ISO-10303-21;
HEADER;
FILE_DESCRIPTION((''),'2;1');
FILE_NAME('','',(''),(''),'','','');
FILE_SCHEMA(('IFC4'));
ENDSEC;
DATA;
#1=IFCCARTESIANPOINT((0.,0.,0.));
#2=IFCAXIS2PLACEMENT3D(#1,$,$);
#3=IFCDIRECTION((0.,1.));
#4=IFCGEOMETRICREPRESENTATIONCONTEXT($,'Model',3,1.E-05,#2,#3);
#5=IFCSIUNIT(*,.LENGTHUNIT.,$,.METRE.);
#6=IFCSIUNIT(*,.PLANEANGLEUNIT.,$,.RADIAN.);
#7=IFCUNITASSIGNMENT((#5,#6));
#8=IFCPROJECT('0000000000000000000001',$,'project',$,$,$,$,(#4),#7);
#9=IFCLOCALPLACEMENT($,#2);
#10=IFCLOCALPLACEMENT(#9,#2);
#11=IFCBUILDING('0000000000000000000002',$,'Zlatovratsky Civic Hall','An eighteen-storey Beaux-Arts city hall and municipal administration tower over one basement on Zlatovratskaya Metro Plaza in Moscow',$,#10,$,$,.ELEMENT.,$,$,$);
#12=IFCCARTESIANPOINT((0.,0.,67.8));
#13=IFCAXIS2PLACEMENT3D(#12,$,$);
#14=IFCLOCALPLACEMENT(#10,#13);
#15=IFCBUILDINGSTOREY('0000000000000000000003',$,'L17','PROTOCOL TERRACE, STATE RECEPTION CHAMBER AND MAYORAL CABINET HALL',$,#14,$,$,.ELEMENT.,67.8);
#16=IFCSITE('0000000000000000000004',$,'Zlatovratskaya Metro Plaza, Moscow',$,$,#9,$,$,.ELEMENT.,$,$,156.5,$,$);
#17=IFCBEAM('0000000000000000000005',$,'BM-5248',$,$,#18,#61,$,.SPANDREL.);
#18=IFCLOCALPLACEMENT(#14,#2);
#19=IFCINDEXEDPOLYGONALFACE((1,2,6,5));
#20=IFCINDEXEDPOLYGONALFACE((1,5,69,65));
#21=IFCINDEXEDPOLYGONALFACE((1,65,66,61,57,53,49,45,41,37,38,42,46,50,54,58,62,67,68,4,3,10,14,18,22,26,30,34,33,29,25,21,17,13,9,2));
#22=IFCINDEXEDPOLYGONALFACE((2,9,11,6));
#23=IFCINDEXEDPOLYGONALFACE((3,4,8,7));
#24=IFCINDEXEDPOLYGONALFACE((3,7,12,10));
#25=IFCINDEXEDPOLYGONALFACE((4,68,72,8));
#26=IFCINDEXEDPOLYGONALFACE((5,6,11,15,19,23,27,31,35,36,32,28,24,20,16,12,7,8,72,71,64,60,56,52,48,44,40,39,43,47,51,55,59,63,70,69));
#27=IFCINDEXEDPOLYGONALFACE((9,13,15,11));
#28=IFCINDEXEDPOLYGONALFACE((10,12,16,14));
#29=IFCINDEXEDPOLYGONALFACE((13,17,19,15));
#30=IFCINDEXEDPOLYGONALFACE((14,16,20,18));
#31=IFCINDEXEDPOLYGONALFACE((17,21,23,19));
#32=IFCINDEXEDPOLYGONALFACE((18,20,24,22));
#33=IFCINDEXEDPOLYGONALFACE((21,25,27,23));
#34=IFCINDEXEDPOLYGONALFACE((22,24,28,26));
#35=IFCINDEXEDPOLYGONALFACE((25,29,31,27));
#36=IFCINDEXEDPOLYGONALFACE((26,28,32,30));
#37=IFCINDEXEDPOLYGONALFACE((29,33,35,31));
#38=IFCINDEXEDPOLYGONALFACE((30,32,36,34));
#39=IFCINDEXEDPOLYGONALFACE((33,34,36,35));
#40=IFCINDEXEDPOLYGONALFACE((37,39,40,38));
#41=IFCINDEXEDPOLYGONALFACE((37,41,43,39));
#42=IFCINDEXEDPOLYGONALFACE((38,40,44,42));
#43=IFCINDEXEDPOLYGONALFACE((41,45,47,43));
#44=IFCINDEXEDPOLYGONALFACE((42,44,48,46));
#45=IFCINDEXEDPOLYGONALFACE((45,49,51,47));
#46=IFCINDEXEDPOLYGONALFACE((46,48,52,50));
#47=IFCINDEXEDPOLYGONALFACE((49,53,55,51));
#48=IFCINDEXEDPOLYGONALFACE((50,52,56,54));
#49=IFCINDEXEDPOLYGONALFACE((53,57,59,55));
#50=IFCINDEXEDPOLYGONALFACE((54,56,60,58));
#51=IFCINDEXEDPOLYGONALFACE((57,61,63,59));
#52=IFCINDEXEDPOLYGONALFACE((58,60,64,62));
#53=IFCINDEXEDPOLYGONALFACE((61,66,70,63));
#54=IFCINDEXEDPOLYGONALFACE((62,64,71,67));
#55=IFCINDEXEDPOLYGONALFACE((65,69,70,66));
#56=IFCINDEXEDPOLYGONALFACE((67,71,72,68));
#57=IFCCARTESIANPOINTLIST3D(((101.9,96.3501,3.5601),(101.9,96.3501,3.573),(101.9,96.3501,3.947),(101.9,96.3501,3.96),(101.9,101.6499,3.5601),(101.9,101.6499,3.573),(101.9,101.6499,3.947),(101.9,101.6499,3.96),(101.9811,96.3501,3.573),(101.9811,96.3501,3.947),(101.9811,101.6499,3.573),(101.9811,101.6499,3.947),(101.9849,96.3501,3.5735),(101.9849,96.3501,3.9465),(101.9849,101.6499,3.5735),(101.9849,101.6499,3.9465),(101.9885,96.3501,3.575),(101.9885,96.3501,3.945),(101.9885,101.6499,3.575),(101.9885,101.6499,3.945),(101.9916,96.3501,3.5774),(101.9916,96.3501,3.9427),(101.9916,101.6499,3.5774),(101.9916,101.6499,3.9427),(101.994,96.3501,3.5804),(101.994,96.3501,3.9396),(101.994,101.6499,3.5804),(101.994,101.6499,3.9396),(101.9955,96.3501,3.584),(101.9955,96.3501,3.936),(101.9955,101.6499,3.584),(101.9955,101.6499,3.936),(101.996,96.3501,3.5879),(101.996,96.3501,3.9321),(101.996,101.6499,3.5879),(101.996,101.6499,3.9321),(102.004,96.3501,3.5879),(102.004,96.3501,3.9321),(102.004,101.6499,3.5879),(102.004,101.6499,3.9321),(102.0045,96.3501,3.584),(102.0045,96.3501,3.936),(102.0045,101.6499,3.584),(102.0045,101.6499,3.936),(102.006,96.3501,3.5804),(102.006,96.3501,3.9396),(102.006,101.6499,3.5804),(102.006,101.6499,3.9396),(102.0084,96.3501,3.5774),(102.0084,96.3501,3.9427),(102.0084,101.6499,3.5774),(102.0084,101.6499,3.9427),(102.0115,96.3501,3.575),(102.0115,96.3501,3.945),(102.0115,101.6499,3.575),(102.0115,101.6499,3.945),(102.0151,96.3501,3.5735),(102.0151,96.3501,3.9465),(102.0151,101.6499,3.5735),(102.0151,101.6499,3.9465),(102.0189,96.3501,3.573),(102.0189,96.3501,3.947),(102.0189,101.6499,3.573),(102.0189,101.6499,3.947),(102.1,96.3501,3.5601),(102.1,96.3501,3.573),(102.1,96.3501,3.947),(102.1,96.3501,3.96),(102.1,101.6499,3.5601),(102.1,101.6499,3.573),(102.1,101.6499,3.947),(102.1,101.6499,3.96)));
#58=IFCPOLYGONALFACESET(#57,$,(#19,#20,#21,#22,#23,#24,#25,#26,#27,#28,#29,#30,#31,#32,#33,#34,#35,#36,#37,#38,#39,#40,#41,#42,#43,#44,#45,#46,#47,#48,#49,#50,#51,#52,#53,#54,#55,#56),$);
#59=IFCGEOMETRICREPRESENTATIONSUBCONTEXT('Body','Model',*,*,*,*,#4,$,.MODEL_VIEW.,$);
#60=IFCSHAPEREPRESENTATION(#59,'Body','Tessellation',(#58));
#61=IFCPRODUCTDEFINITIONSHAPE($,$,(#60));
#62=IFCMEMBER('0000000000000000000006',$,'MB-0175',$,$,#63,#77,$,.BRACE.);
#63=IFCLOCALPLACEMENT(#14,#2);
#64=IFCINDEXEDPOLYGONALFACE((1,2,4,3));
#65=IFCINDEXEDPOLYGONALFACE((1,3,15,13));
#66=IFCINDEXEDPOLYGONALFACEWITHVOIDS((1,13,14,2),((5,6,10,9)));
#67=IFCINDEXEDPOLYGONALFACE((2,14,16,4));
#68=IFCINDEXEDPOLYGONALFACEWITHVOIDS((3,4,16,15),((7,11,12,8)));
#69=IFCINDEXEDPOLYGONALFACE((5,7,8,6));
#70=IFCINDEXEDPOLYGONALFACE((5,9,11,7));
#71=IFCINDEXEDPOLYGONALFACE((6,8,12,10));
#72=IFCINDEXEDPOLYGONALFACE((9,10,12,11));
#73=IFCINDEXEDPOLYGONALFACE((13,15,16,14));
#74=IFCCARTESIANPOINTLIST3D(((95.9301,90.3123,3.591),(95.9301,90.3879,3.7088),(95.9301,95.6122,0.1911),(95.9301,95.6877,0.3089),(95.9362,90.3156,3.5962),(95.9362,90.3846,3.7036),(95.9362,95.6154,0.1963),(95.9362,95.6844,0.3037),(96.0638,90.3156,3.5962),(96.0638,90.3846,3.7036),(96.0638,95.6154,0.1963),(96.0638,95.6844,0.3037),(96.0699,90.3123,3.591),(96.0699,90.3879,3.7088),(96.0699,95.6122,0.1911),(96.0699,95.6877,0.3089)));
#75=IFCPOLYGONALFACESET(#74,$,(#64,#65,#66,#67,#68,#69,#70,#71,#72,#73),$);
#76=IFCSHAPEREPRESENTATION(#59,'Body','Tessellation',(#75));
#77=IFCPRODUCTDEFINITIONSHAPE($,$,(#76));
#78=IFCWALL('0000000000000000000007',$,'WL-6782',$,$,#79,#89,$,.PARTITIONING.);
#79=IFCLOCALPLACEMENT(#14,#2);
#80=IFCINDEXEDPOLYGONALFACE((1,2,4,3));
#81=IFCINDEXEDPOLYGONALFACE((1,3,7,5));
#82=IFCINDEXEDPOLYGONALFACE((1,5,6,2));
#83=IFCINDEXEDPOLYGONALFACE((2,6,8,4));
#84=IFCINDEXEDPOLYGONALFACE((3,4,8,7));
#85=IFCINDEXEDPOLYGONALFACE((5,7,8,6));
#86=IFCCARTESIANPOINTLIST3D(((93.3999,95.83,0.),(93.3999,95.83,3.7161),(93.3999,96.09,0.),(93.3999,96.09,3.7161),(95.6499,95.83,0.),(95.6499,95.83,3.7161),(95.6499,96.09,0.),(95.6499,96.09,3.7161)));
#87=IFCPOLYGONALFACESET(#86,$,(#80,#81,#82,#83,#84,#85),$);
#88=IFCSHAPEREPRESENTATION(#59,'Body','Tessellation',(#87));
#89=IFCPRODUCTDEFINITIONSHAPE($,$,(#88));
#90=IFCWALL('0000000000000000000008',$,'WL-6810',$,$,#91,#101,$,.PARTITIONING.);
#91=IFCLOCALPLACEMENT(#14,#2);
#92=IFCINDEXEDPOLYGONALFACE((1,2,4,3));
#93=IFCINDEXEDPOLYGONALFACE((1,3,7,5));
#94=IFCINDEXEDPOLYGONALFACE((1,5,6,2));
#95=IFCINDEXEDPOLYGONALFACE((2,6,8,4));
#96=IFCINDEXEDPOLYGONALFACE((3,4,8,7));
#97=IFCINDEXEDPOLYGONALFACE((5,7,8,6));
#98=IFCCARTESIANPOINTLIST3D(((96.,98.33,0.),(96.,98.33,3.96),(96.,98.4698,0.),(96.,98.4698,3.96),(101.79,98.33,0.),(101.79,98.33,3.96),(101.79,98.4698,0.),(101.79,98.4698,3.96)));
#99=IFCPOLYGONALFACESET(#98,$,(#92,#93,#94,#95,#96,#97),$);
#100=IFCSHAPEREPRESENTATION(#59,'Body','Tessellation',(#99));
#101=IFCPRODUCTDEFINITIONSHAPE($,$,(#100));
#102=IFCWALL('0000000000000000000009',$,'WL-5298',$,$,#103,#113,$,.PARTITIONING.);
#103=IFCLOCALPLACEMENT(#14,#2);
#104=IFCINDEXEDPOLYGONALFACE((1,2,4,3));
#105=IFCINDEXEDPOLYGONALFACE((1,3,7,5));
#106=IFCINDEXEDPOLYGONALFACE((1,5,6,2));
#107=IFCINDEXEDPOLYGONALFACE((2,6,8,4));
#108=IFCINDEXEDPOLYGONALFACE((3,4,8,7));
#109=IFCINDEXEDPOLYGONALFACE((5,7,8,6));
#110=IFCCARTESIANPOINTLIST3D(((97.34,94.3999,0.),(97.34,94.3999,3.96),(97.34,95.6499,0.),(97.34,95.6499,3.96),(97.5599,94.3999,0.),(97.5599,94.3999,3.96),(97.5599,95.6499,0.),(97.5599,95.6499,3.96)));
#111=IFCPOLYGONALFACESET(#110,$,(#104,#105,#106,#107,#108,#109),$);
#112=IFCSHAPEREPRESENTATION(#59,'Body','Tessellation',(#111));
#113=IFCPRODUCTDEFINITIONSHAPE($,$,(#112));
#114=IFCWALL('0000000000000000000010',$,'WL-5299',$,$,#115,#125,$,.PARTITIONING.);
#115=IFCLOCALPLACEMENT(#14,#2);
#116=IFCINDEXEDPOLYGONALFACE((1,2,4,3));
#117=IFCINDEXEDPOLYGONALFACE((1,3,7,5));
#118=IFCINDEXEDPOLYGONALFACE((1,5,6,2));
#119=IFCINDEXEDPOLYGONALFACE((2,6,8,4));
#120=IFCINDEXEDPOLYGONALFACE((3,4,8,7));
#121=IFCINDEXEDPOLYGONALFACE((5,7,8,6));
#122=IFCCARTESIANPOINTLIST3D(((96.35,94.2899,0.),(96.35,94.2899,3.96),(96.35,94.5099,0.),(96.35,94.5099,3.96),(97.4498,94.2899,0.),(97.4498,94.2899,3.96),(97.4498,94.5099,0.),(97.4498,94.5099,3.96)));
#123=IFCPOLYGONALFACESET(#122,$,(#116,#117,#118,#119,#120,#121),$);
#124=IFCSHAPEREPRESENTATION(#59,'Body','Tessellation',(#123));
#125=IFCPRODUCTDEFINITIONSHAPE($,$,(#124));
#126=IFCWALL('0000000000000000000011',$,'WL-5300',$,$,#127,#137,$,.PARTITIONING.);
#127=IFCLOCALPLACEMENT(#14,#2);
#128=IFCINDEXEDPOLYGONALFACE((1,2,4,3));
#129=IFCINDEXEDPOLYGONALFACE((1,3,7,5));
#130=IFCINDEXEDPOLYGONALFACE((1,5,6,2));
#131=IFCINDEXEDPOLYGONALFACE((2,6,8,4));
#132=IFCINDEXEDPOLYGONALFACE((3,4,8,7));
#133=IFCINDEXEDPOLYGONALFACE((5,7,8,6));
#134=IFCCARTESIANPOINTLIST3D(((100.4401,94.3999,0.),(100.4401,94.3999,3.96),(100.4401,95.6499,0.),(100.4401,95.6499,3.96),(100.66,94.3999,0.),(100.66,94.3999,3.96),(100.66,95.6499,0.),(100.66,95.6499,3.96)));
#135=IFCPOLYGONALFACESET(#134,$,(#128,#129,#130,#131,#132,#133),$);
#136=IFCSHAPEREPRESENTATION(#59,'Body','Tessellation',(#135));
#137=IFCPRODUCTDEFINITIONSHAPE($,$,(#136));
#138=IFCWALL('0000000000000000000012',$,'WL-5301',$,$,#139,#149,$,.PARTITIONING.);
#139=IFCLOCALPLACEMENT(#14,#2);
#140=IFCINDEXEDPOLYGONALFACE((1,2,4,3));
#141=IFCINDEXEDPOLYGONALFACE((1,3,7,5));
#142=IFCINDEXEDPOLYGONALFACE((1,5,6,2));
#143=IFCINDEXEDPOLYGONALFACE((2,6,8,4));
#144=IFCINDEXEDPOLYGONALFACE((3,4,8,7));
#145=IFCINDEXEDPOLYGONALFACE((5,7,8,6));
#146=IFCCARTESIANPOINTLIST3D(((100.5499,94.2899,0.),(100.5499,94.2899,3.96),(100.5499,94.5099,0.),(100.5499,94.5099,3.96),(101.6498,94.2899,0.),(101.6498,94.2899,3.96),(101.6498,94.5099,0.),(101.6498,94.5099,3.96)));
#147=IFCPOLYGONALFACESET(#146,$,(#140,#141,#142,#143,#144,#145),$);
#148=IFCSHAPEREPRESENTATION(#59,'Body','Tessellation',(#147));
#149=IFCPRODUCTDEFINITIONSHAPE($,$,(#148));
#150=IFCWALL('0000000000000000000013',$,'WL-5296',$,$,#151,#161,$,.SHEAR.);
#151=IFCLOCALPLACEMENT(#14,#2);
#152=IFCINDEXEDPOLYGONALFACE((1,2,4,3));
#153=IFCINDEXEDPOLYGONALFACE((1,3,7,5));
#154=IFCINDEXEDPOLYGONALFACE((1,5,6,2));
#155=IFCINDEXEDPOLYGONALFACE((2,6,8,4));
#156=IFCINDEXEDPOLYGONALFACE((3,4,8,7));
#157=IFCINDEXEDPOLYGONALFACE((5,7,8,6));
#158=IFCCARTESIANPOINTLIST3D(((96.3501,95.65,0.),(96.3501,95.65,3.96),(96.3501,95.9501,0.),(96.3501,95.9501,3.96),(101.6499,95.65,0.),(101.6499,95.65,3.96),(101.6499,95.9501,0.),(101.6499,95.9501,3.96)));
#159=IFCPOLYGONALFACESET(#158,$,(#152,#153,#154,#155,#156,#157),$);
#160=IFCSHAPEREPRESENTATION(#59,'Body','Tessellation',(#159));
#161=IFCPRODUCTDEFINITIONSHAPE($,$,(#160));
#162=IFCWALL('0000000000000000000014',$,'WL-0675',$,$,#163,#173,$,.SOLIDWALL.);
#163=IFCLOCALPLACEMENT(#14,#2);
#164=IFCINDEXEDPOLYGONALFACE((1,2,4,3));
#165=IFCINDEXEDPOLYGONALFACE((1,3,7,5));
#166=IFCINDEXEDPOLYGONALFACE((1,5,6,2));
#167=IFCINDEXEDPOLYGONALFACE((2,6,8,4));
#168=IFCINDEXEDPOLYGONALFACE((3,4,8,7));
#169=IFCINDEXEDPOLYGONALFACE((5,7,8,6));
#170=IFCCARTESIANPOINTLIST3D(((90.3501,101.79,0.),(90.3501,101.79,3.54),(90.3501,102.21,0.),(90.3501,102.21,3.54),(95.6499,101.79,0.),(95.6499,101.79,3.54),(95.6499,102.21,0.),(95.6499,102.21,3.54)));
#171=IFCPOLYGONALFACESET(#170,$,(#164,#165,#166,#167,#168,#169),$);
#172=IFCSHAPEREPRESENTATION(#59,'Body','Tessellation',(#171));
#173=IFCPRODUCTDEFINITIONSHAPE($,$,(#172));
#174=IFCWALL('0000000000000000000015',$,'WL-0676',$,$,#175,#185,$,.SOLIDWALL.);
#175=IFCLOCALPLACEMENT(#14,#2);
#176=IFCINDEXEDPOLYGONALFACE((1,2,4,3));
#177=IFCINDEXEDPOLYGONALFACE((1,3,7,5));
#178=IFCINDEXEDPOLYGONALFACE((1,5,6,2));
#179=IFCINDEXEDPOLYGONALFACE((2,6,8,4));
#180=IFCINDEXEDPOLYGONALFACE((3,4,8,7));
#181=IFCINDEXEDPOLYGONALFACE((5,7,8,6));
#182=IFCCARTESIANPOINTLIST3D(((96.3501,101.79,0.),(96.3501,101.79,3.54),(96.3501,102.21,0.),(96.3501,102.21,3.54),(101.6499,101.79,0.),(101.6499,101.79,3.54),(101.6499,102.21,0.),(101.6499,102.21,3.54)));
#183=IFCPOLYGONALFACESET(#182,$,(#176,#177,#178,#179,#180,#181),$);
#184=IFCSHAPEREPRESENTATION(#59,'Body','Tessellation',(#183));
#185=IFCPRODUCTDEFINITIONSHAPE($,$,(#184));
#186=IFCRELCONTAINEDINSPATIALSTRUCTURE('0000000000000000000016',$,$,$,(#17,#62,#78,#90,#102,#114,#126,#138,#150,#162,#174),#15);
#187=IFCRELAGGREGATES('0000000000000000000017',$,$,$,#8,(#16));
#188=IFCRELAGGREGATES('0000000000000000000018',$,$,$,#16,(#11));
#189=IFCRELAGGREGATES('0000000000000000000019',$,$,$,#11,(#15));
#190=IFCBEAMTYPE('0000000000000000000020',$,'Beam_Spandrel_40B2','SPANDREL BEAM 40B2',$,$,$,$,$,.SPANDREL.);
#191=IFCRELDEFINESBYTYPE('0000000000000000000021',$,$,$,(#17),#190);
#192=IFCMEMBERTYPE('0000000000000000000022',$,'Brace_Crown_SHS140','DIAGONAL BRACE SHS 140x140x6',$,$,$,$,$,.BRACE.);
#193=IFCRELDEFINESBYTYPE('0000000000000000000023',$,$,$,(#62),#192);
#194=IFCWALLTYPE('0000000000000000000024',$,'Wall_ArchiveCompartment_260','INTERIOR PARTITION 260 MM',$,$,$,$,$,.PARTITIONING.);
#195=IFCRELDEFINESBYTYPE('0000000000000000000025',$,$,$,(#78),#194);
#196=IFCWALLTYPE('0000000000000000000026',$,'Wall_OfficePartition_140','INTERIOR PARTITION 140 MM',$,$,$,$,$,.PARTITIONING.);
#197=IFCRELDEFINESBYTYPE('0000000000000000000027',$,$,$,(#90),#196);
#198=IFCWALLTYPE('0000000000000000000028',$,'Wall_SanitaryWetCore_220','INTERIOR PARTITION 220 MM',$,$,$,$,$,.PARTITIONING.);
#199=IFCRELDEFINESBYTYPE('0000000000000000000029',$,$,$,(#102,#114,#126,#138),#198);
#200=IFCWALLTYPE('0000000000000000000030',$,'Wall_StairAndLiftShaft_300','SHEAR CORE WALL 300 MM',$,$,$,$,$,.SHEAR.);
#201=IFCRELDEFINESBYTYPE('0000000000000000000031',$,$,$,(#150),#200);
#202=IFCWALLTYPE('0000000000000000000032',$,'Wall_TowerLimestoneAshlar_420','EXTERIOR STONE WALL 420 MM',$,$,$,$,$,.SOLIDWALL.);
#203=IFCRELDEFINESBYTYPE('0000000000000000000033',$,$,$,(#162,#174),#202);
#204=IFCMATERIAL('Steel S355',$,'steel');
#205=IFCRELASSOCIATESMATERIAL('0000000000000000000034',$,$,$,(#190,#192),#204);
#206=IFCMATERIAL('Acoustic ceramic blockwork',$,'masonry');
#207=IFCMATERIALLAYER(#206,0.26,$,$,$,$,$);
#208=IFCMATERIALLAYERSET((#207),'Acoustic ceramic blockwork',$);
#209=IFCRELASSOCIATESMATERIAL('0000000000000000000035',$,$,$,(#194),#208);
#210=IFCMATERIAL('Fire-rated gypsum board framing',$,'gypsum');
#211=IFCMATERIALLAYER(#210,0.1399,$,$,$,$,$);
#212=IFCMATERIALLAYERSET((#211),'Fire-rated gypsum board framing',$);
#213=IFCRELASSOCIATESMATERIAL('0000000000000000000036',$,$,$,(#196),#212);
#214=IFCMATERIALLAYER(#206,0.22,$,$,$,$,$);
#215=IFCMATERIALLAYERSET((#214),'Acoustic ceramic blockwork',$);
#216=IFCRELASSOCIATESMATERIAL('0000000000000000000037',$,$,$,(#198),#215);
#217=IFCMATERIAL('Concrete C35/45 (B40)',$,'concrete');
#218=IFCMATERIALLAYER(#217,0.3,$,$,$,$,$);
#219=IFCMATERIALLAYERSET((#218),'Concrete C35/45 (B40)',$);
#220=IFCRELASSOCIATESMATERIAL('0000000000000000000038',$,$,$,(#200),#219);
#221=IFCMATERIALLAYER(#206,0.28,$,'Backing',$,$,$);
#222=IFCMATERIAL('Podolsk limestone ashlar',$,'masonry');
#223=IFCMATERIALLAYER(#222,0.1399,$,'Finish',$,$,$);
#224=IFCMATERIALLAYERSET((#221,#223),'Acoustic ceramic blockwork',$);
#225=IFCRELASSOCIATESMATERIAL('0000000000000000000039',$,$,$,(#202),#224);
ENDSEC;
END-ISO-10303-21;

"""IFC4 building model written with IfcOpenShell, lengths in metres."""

from ifc_helpers import new_model, si_unit, direction, frame, frame_2d, origin, origin_2d, place, context, subcontext, project, spatial, rectangle, hollow_rectangle, i_section, extrude, material, layer, layer_set, material_profile, profile_set, type_object, element, save


model = new_model("IFC4")

# Units and contexts
model_context = context("Model", 3, precision=1e-05, world=origin(), true_north=direction((0.0, 1.0)))
body_context = subcontext(model_context, "Body", "Model", "MODEL_VIEW")
ifc_project = project(units=[si_unit("LENGTHUNIT", "METRE"), si_unit("PLANEANGLEUNIT", "RADIAN")], contexts=[model_context])

# Site, building, storey
site_placement = place(None, origin())
site = spatial("IfcSite", under=ifc_project, at=site_placement, Name="Zlatovratskaya Metro Plaza, Moscow", CompositionType="ELEMENT", RefElevation=156.5)
building_placement = place(site_placement, origin())
building = spatial("IfcBuilding", under=site, at=building_placement, Name="Zlatovratsky Civic Hall", Description="An eighteen-storey Beaux-Arts city hall and municipal administration tower over one basement on Zlatovratskaya Metro Plaza in Moscow", CompositionType="ELEMENT")
storey_placement = place(building_placement, frame((0.0, 0.0, 67.8)))
storey = spatial("IfcBuildingStorey", under=building, at=storey_placement, Name="L17", Description="PROTOCOL TERRACE, STATE RECEPTION CHAMBER AND MAYORAL CABINET HALL", CompositionType="ELEMENT", Elevation=67.8)

# Shared definitions
ifc_material_1 = material(Name="Concrete C35/45 (B40)", Category="concrete")
ifc_material_2 = material(Name="Steel S355", Category="steel")

# Beam
ifc_material_profile_1 = material_profile(ifc_material_2, i_section(OverallWidth=0.2, OverallDepth=0.3999, WebThickness=0.0081, FlangeThickness=0.0129, FilletRadius=0.0149, at=origin_2d()), Name="40B2")
ifc_profile_set_1 = profile_set([ifc_material_profile_1], Name="Steel S355")
beam_type_1 = type_object("IfcBeamType", Name="Beam_Spandrel_40B2", Description="SPANDREL BEAM 40B2", PredefinedType="SPANDREL", material=ifc_profile_set_1)
for number, where, z_axis, x_axis, name in (
    (1, (102.0, 96.3501, 3.76), (0.0, 1.0, 0.0), (-1.0, 0.0, 0.0), "BM-5248"),
):
    element("IfcBeam", number, at=place(storey_placement, frame(where, z_axis=z_axis, x_axis=x_axis)), inside=storey, type_object=beam_type_1, Name=name, PredefinedType="SPANDREL", context=body_context, shape_type="SweptSolid", body=[
        extrude(i_section(OverallWidth=0.2, OverallDepth=0.3999, WebThickness=0.0081, FlangeThickness=0.0129, FilletRadius=0.0149, at=origin_2d()), origin(), (0.0, 0.0, 1.0), 5.2998),
    ])

# Member
ifc_material_profile_2 = material_profile(ifc_material_2, hollow_rectangle(XDim=0.1399, YDim=0.1399, WallThickness=0.0061, at=origin_2d()), Name="SHS 140x140x6")
ifc_profile_set_2 = profile_set([ifc_material_profile_2], Name="Steel S355")
member_type = type_object("IfcMemberType", Name="Brace_Crown_SHS140", Description="DIAGONAL BRACE SHS 140x140x6", PredefinedType="BRACE", material=ifc_profile_set_2)
member_placement = place(storey_placement, frame((96.0, 90.3501, 3.6499), z_axis=(0.0, 0.841692, -0.539958), x_axis=(-1.0, 0.0, 0.0)))
element("IfcMember", 2, at=member_placement, inside=storey, type_object=member_type, Name="MB-0175", PredefinedType="BRACE", context=body_context, shape_type="SweptSolid", body=[
    extrude(hollow_rectangle(XDim=0.1399, YDim=0.1399, WallThickness=0.0061, at=origin_2d()), origin(), (0.0, 0.0, 1.0), 6.2966),
])

# Walls
ifc_material_3 = material(Name="Acoustic ceramic blockwork", Category="masonry")
ifc_layer_1 = layer(ifc_material_3, 0.26)
ifc_layer_set_1 = layer_set([ifc_layer_1], Name="Acoustic ceramic blockwork")
wall_type_1 = type_object("IfcWallType", Name="Wall_ArchiveCompartment_260", Description="INTERIOR PARTITION 260 MM", PredefinedType="PARTITIONING", material=ifc_layer_set_1)
wall_1_placement = place(storey_placement, frame((93.3999, 95.96, 0.0), z_axis=(0.0, 0.0, 1.0), x_axis=(1.0, 0.0, 0.0)))
element("IfcWall", 3, at=wall_1_placement, inside=storey, type_object=wall_type_1, Name="WL-6782", PredefinedType="PARTITIONING", context=body_context, shape_type="SweptSolid", body=[
    extrude(rectangle(XDim=2.25, YDim=0.26, at=frame_2d((1.125, 0.0))), origin(), (0.0, 0.0, 1.0), 3.7161),
])
ifc_material_4 = material(Name="Fire-rated gypsum board framing", Category="gypsum")
ifc_layer_2 = layer(ifc_material_4, 0.1399)
ifc_layer_set_2 = layer_set([ifc_layer_2], Name="Fire-rated gypsum board framing")
wall_type_2 = type_object("IfcWallType", Name="Wall_OfficePartition_140", Description="INTERIOR PARTITION 140 MM", PredefinedType="PARTITIONING", material=ifc_layer_set_2)
wall_2_placement = place(storey_placement, frame((96.0, 98.3999, 0.0), z_axis=(0.0, 0.0, 1.0), x_axis=(1.0, 0.0, 0.0)))
element("IfcWall", 4, at=wall_2_placement, inside=storey, type_object=wall_type_2, Name="WL-6810", PredefinedType="PARTITIONING", context=body_context, shape_type="SweptSolid", body=[
    extrude(rectangle(XDim=5.79, YDim=0.1399, at=frame_2d((2.895, 0.0))), origin(), (0.0, 0.0, 1.0), 3.96),
])
ifc_layer_3 = layer(ifc_material_3, 0.22)
ifc_layer_set_3 = layer_set([ifc_layer_3], Name="Acoustic ceramic blockwork")
wall_type_3 = type_object("IfcWallType", Name="Wall_SanitaryWetCore_220", Description="INTERIOR PARTITION 220 MM", PredefinedType="PARTITIONING", material=ifc_layer_set_3)
wall_3_placement = place(storey_placement, frame((97.45, 94.3999, 0.0), z_axis=(0.0, 0.0, 1.0), x_axis=(0.0, 1.0, 0.0)))
element("IfcWall", 5, at=wall_3_placement, inside=storey, type_object=wall_type_3, Name="WL-5298", PredefinedType="PARTITIONING", context=body_context, shape_type="SweptSolid", body=[
    extrude(rectangle(XDim=1.25, YDim=0.22, at=frame_2d((0.625, 0.0))), origin(), (0.0, 0.0, 1.0), 3.96),
])
wall_4_placement = place(storey_placement, frame((96.3501, 94.3999, 0.0), z_axis=(0.0, 0.0, 1.0), x_axis=(1.0, 0.0, 0.0)))
element("IfcWall", 6, at=wall_4_placement, inside=storey, type_object=wall_type_3, Name="WL-5299", PredefinedType="PARTITIONING", context=body_context, shape_type="SweptSolid", body=[
    extrude(rectangle(XDim=1.0999, YDim=0.22, at=frame_2d((0.5498, 0.0))), origin(), (0.0, 0.0, 1.0), 3.96),
])
wall_5_placement = place(storey_placement, frame((100.55, 94.3999, 0.0), z_axis=(0.0, 0.0, 1.0), x_axis=(0.0, 1.0, 0.0)))
element("IfcWall", 7, at=wall_5_placement, inside=storey, type_object=wall_type_3, Name="WL-5300", PredefinedType="PARTITIONING", context=body_context, shape_type="SweptSolid", body=[
    extrude(rectangle(XDim=1.25, YDim=0.22, at=frame_2d((0.625, 0.0))), origin(), (0.0, 0.0, 1.0), 3.96),
])
wall_6_placement = place(storey_placement, frame((100.55, 94.3999, 0.0), z_axis=(0.0, 0.0, 1.0), x_axis=(1.0, 0.0, 0.0)))
element("IfcWall", 8, at=wall_6_placement, inside=storey, type_object=wall_type_3, Name="WL-5301", PredefinedType="PARTITIONING", context=body_context, shape_type="SweptSolid", body=[
    extrude(rectangle(XDim=1.0999, YDim=0.22, at=frame_2d((0.5498, 0.0))), origin(), (0.0, 0.0, 1.0), 3.96),
])
ifc_layer_4 = layer(ifc_material_1, 0.3)
ifc_layer_set_4 = layer_set([ifc_layer_4], Name="Concrete C35/45 (B40)")
wall_type_4 = type_object("IfcWallType", Name="Wall_StairAndLiftShaft_300", Description="SHEAR CORE WALL 300 MM", PredefinedType="SHEAR", material=ifc_layer_set_4)
wall_7_placement = place(storey_placement, frame((96.3501, 95.8, 0.0), z_axis=(0.0, 0.0, 1.0), x_axis=(1.0, 0.0, 0.0)))
element("IfcWall", 9, at=wall_7_placement, inside=storey, type_object=wall_type_4, Name="WL-5296", PredefinedType="SHEAR", context=body_context, shape_type="SweptSolid", body=[
    extrude(rectangle(XDim=5.2998, YDim=0.3, at=frame_2d((2.6499, 0.0))), origin(), (0.0, 0.0, 1.0), 3.96),
])
ifc_layer_5 = layer(ifc_material_3, 0.28, Name="Backing")
ifc_material_5 = material(Name="Podolsk limestone ashlar", Category="masonry")
ifc_layer_6 = layer(ifc_material_5, 0.1399, Name="Finish")
ifc_layer_set_5 = layer_set([ifc_layer_5, ifc_layer_6], Name="Acoustic ceramic blockwork")
wall_type_5 = type_object("IfcWallType", Name="Wall_TowerLimestoneAshlar_420", Description="EXTERIOR STONE WALL 420 MM", PredefinedType="SOLIDWALL", material=ifc_layer_set_5)
for number, where, z_axis, x_axis, name in (
    (10, (90.3501, 102.0, 0.0), (0.0, 0.0, 1.0), (1.0, 0.0, 0.0), "WL-0675"),
    (11, (96.3501, 102.0, 0.0), (0.0, 0.0, 1.0), (1.0, 0.0, 0.0), "WL-0676"),
):
    element("IfcWall", number, at=place(storey_placement, frame(where, z_axis=z_axis, x_axis=x_axis)), inside=storey, type_object=wall_type_5, Name=name, PredefinedType="SOLIDWALL", context=body_context, shape_type="SweptSolid", body=[
        extrude(rectangle(XDim=5.2998, YDim=0.4199, at=frame_2d((2.6499, 0.0))), origin(), (0.0, 0.0, 1.0), 3.54),
    ])

save(model, "model.ifc")
